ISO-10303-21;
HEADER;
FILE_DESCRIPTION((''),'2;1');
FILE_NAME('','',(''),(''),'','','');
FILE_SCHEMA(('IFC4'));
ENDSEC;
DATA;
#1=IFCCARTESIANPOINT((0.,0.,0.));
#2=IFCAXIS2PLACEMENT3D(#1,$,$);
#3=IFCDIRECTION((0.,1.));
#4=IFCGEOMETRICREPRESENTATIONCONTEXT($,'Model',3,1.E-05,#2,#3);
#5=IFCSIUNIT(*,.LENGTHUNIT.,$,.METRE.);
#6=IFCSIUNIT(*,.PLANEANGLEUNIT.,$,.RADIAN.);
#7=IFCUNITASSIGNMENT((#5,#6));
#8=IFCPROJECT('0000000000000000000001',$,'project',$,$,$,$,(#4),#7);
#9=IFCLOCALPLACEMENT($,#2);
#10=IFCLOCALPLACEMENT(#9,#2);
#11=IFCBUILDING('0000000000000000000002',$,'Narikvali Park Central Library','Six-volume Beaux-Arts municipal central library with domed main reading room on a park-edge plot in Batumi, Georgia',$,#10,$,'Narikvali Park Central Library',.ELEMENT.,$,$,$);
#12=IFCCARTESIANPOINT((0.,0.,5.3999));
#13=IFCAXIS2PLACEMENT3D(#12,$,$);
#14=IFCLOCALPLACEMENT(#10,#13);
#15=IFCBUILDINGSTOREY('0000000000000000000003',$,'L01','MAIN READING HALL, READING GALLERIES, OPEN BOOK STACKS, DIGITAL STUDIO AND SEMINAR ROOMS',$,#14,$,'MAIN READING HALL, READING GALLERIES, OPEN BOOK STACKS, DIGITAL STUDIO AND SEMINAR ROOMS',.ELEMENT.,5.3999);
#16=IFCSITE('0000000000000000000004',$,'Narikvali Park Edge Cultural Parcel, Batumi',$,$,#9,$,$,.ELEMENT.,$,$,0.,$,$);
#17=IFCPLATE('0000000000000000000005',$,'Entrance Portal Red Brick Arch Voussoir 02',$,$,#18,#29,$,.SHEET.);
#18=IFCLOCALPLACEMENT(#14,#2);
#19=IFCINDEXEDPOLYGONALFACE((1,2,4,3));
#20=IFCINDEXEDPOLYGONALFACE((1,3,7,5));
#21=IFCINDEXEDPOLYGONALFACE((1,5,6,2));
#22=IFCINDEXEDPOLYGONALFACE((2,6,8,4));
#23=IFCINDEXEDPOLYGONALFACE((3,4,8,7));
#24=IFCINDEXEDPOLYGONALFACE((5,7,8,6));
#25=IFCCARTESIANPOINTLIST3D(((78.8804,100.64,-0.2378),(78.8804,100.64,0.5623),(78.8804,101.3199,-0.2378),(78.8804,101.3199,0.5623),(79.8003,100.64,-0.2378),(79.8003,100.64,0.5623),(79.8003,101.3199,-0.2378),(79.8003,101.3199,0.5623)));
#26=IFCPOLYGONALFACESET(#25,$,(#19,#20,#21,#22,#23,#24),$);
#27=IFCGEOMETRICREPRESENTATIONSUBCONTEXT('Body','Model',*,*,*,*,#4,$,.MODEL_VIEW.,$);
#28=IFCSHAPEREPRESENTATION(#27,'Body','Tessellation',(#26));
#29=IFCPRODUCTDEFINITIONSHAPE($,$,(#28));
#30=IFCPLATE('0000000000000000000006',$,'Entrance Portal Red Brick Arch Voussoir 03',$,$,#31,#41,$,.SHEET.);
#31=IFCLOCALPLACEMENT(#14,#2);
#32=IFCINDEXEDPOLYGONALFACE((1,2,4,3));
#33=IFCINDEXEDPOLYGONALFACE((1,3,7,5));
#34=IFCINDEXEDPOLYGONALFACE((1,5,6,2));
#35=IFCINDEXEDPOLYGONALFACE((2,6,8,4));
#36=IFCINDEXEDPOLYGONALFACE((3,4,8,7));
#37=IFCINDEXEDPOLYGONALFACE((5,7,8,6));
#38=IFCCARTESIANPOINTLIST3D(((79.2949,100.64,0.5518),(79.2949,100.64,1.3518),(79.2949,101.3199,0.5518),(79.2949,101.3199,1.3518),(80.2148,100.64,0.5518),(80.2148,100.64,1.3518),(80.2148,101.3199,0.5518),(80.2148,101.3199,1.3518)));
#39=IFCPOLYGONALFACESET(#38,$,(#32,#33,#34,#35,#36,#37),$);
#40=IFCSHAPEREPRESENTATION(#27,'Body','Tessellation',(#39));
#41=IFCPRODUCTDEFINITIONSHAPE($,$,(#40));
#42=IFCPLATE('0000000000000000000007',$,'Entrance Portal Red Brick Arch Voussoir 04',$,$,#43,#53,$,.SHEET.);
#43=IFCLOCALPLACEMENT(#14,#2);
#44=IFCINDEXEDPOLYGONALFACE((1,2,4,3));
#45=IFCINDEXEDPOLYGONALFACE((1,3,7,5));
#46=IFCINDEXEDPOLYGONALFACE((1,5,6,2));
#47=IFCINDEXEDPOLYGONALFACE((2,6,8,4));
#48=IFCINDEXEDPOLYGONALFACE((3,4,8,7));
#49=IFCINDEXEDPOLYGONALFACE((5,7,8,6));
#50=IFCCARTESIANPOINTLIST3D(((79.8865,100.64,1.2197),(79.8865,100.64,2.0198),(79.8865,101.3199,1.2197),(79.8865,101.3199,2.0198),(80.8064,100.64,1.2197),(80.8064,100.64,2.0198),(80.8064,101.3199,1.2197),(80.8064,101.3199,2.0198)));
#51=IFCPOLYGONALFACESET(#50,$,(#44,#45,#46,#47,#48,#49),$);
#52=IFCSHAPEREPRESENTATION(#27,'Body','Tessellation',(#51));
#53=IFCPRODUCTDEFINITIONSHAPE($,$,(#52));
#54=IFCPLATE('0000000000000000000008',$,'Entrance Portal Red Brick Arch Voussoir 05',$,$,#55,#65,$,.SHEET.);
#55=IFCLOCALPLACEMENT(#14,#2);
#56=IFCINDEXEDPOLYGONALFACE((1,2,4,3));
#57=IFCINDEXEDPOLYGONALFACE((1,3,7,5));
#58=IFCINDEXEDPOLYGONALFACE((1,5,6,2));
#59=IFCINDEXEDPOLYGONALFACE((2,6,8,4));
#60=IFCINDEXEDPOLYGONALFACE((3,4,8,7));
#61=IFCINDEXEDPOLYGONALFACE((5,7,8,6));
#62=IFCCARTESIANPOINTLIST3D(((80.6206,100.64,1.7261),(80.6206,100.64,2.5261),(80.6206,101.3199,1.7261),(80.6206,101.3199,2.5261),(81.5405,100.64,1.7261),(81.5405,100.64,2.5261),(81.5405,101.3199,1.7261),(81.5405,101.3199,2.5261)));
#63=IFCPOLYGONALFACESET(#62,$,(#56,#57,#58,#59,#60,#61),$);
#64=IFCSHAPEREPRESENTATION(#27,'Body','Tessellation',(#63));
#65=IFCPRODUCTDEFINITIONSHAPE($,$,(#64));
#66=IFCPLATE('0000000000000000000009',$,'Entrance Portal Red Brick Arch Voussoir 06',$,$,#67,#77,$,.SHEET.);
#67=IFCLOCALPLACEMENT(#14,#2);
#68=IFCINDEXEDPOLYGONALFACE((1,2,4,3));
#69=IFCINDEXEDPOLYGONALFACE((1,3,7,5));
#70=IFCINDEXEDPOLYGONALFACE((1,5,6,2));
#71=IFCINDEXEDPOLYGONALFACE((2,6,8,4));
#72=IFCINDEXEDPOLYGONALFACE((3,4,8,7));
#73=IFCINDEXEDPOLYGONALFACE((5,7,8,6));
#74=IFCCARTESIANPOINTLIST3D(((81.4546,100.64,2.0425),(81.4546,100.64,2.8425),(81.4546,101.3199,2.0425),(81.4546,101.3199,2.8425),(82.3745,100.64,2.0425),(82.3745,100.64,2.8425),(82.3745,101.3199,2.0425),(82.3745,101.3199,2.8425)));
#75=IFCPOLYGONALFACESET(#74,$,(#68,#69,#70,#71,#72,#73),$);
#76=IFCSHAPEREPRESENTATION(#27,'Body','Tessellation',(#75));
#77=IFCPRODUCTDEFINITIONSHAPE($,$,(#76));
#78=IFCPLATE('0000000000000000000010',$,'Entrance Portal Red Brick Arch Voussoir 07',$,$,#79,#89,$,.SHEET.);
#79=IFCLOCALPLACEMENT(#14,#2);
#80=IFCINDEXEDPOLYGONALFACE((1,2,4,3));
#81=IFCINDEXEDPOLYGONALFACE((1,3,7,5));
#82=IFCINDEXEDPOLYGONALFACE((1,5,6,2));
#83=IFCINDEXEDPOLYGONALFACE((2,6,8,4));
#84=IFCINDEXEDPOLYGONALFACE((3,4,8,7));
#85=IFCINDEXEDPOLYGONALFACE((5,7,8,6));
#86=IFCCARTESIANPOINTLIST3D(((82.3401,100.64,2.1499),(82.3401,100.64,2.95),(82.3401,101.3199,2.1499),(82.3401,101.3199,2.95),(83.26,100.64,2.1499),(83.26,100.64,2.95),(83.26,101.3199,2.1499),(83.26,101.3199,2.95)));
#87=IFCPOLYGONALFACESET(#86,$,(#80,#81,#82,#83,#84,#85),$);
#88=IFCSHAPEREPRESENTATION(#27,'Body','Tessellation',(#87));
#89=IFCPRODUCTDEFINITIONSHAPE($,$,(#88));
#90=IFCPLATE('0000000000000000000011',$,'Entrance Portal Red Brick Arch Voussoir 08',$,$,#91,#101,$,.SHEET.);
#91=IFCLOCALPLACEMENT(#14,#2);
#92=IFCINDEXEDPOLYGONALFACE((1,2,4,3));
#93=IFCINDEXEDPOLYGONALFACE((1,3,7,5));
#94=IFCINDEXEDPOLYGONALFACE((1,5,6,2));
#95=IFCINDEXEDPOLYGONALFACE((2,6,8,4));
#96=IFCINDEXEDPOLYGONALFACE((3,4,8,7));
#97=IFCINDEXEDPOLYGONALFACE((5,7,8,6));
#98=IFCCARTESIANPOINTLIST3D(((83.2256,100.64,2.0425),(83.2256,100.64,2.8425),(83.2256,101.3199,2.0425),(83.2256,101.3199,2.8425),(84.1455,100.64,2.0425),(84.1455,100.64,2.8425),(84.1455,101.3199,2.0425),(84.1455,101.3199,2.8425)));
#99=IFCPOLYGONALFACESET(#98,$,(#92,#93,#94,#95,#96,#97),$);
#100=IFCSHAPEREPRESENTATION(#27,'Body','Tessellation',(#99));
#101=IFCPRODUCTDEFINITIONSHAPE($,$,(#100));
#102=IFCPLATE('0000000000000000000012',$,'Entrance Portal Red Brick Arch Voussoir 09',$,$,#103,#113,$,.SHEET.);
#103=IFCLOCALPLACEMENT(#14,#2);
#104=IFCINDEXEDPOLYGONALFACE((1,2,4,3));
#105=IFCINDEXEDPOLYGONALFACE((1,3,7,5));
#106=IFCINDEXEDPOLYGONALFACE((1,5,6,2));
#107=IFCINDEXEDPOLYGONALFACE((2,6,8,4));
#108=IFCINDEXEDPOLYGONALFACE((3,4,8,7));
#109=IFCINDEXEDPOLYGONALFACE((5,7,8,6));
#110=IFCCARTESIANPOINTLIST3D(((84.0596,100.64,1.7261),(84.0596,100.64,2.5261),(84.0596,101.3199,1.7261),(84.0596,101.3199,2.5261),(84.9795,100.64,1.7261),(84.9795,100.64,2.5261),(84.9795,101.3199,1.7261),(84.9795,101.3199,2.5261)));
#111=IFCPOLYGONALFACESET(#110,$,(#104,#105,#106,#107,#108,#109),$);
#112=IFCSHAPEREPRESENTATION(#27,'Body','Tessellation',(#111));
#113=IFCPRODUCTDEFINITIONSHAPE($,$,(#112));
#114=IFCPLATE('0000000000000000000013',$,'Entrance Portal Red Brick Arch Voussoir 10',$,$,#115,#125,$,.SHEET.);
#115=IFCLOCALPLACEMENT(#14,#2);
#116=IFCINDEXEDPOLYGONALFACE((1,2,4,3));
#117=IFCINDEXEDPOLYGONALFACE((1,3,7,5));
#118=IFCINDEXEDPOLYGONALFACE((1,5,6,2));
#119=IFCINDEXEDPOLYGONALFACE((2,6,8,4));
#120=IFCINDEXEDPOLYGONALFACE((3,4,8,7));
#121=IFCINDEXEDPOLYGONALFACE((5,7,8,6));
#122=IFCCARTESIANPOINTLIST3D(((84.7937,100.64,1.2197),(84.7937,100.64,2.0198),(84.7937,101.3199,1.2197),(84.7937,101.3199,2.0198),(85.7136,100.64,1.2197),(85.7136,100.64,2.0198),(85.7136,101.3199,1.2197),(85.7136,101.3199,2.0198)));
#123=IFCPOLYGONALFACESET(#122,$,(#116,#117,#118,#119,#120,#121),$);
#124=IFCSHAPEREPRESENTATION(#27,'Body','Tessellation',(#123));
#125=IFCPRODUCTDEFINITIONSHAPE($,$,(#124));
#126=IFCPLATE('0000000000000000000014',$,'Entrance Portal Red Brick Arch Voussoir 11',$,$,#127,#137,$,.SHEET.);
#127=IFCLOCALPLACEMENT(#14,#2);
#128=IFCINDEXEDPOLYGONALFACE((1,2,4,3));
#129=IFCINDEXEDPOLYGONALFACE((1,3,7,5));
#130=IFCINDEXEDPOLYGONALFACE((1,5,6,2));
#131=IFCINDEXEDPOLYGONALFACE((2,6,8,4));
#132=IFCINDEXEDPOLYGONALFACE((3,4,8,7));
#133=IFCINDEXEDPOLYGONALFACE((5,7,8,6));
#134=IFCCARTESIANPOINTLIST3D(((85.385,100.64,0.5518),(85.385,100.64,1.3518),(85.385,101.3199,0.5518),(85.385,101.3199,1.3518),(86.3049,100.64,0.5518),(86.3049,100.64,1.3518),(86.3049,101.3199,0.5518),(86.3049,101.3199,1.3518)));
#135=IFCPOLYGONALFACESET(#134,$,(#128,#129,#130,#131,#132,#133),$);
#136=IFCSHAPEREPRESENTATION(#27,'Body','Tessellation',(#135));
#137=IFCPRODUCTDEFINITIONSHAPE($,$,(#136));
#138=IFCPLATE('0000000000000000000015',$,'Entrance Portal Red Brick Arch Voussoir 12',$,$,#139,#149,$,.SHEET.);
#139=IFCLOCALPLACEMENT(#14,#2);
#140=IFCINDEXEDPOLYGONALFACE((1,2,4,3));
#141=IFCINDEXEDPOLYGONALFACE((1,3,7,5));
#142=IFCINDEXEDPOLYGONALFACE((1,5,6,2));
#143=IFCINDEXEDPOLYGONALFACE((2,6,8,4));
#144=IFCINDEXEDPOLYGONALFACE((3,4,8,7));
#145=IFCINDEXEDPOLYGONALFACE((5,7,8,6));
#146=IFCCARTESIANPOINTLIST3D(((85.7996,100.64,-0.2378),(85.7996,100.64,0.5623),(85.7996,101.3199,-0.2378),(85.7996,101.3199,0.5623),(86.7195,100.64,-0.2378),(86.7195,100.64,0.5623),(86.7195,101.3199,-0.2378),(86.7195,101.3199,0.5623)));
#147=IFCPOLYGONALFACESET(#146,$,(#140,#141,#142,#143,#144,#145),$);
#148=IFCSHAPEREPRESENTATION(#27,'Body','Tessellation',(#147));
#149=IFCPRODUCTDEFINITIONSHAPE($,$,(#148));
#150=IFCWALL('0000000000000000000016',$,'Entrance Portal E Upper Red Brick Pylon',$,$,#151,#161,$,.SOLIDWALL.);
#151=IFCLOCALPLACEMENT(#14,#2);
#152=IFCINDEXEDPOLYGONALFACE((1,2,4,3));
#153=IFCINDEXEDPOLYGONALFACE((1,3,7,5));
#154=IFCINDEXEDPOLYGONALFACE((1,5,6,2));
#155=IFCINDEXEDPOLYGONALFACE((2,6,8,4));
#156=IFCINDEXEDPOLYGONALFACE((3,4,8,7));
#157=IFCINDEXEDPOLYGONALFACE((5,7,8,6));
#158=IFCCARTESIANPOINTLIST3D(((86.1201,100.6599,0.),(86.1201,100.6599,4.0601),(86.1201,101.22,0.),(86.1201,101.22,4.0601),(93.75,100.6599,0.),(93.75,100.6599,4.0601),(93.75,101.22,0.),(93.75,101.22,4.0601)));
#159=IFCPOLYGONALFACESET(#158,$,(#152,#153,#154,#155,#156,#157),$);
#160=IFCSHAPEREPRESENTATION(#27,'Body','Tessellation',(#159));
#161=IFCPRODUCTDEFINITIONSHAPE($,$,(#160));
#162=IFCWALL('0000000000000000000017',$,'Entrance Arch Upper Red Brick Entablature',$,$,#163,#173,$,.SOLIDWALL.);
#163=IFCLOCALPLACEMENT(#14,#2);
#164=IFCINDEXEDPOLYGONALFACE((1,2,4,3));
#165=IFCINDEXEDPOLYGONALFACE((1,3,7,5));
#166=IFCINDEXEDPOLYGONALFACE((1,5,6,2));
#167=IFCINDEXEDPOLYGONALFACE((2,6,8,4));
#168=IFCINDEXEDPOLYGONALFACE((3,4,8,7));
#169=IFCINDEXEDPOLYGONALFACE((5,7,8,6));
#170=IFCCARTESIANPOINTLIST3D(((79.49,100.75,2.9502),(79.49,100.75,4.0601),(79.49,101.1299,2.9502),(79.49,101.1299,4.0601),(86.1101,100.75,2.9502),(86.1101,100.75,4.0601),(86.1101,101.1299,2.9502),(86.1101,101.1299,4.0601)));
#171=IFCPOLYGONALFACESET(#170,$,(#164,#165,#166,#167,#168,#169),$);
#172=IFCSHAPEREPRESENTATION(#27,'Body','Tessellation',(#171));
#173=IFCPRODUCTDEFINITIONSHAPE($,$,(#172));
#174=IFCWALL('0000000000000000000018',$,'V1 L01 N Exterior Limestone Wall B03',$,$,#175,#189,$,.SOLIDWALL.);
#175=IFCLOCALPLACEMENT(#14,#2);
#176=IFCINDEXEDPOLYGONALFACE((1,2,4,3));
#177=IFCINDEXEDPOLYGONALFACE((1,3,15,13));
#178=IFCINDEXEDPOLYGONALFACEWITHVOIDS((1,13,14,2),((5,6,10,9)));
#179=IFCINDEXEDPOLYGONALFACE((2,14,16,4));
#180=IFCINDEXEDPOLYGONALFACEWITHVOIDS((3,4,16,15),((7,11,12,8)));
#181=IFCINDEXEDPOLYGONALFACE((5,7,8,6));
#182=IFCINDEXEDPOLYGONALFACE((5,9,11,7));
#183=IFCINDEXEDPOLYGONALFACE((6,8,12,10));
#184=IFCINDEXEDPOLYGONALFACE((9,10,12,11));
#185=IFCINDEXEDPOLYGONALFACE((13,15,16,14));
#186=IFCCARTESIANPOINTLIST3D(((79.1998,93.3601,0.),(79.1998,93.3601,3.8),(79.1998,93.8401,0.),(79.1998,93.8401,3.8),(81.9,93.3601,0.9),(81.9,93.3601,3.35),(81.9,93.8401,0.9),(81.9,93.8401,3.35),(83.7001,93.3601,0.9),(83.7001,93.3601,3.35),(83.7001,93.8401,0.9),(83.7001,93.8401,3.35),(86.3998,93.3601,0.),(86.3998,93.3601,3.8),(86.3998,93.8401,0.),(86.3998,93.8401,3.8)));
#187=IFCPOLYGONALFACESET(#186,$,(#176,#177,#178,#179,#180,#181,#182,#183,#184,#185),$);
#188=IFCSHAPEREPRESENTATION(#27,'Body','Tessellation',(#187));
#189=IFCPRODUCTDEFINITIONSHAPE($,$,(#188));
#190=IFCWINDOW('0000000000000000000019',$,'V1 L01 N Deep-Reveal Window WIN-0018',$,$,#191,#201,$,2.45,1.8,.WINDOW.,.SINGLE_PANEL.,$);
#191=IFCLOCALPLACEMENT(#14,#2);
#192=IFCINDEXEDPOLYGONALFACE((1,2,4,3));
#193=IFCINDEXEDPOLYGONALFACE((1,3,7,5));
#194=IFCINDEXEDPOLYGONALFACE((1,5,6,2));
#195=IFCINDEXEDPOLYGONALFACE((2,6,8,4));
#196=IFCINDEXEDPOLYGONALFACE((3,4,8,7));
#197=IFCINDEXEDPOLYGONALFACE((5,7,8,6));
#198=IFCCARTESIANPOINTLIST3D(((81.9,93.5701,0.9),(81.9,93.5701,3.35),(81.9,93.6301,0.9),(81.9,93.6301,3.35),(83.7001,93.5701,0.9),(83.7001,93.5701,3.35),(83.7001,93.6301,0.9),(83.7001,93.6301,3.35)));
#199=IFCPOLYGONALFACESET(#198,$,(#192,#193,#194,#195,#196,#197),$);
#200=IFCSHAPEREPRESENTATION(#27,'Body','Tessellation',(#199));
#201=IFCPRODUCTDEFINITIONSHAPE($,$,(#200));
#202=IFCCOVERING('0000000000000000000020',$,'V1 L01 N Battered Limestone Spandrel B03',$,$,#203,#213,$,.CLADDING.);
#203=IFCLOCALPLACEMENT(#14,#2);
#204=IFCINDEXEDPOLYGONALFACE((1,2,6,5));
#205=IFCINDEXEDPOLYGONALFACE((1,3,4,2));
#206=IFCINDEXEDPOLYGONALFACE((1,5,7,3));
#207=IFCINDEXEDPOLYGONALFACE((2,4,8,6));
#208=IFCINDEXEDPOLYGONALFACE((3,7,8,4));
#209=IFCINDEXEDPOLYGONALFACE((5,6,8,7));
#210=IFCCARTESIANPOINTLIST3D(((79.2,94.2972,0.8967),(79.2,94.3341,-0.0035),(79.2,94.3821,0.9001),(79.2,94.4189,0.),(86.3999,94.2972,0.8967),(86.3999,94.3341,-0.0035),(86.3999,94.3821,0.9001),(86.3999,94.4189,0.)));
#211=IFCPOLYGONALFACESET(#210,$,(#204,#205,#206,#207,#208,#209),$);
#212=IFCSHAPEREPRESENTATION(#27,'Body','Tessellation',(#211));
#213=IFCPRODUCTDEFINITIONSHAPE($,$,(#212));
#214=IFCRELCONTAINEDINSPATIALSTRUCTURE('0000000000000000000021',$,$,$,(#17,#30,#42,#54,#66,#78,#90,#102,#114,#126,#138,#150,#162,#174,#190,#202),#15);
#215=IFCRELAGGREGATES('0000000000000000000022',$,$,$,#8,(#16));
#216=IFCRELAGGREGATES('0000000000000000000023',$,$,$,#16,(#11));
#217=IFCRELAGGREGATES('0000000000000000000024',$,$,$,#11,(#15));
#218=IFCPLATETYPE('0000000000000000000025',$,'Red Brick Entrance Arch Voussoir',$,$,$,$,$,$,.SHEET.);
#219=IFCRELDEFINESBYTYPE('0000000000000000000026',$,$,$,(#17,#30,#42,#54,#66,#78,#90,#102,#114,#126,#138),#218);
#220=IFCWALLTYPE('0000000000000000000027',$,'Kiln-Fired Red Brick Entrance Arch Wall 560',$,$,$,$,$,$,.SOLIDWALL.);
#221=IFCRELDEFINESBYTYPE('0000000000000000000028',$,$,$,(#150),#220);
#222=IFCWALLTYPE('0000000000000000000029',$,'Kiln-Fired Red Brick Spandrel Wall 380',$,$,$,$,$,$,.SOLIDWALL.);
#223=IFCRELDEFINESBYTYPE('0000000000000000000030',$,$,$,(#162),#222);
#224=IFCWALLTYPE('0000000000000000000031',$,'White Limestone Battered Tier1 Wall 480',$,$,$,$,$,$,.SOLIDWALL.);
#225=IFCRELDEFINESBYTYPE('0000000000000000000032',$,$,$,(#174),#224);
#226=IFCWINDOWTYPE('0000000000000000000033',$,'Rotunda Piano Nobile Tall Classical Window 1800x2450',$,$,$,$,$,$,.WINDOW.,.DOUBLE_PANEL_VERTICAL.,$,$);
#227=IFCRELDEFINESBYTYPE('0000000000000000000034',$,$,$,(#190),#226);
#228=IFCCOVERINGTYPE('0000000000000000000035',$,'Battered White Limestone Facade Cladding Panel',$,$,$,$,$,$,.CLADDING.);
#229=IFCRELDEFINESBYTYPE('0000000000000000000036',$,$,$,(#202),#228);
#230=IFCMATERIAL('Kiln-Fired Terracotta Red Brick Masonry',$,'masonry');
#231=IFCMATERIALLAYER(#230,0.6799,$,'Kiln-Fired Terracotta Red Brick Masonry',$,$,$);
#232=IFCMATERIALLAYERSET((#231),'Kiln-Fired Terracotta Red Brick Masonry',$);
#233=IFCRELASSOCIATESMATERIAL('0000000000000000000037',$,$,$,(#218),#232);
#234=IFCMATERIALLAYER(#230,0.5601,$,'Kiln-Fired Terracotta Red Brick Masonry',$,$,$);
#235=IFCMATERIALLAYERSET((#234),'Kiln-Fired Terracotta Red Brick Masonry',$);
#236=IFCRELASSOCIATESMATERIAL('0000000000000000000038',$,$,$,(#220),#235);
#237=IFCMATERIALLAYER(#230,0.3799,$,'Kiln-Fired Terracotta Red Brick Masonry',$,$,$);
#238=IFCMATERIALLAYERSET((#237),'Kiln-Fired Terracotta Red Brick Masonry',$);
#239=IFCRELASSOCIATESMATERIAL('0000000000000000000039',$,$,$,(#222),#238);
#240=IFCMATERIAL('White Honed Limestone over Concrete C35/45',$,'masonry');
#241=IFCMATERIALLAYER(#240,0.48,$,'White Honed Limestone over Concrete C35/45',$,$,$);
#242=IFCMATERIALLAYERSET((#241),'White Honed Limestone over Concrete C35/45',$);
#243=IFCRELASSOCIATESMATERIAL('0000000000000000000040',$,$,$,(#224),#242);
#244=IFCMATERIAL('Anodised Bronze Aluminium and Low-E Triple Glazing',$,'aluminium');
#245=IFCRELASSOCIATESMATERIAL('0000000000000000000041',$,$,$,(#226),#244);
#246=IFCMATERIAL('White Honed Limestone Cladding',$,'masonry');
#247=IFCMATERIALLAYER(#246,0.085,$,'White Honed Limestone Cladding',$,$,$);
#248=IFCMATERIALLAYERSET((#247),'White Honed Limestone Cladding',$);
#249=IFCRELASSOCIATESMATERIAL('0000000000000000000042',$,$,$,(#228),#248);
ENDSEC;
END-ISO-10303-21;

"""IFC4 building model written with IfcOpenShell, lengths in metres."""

from ifc_helpers import new_model, si_unit, direction, frame, frame_2d, origin, origin_2d, place, context, subcontext, project, spatial, polyline, rectangle, outline, extrude, material, layer, layer_set, type_object, element, fill, save


model = new_model("IFC4")

# Units and contexts
model_context = context("Model", 3, precision=1e-05, world=origin(), true_north=direction((0.0, 1.0)))
body_context = subcontext(model_context, "Body", "Model", "MODEL_VIEW")
ifc_project = project(units=[si_unit("LENGTHUNIT", "METRE"), si_unit("PLANEANGLEUNIT", "RADIAN")], contexts=[model_context])

# Site, building, storey
site_placement = place(None, origin())
site = spatial("IfcSite", under=ifc_project, at=site_placement, Name="Narikvali Park Edge Cultural Parcel, Batumi", CompositionType="ELEMENT", RefElevation=0.0)
building_placement = place(site_placement, origin())
building = spatial("IfcBuilding", under=site, at=building_placement, Name="Narikvali Park Central Library", Description="Six-volume Beaux-Arts municipal central library with domed main reading room on a park-edge plot in Batumi, Georgia", LongName="Narikvali Park Central Library", CompositionType="ELEMENT")
storey_placement = place(building_placement, frame((0.0, 0.0, 5.3999)))
storey = spatial("IfcBuildingStorey", under=building, at=storey_placement, Name="L01", Description="MAIN READING HALL, READING GALLERIES, OPEN BOOK STACKS, DIGITAL STUDIO AND SEMINAR ROOMS", LongName="MAIN READING HALL, READING GALLERIES, OPEN BOOK STACKS, DIGITAL STUDIO AND SEMINAR ROOMS", CompositionType="ELEMENT", Elevation=5.3999)

# Plates
ifc_material_1 = material(Name="Kiln-Fired Terracotta Red Brick Masonry", Category="masonry")
ifc_layer_1 = layer(ifc_material_1, 0.6799, Name="Kiln-Fired Terracotta Red Brick Masonry")
ifc_layer_set_1 = layer_set([ifc_layer_1], Name="Kiln-Fired Terracotta Red Brick Masonry")
plate_type = type_object("IfcPlateType", Name="Red Brick Entrance Arch Voussoir", PredefinedType="SHEET", material=ifc_layer_set_1)
for number, where, z_axis, x_axis, name in (
    (1, (79.3403, 100.98, -0.2378), (0.0, 0.0, 1.0), (1.0, 0.0, 0.0), "Entrance Portal Red Brick Arch Voussoir 02"),
    (2, (79.7549, 100.98, 0.5518), (0.0, 0.0, 1.0), (1.0, 0.0, 0.0), "Entrance Portal Red Brick Arch Voussoir 03"),
    (3, (80.3464, 100.98, 1.2197), (0.0, 0.0, 1.0), (1.0, 0.0, 0.0), "Entrance Portal Red Brick Arch Voussoir 04"),
    (4, (81.0806, 100.98, 1.7261), (0.0, 0.0, 1.0), (1.0, 0.0, 0.0), "Entrance Portal Red Brick Arch Voussoir 05"),
    (5, (81.9146, 100.98, 2.0425), (0.0, 0.0, 1.0), (1.0, 0.0, 0.0), "Entrance Portal Red Brick Arch Voussoir 06"),
    (6, (82.8, 100.98, 2.1499), (0.0, 0.0, 1.0), (1.0, 0.0, 0.0), "Entrance Portal Red Brick Arch Voussoir 07"),
    (7, (83.6855, 100.98, 2.0425), (0.0, 0.0, 1.0), (1.0, 0.0, 0.0), "Entrance Portal Red Brick Arch Voussoir 08"),
    (8, (84.5195, 100.98, 1.7261), (0.0, 0.0, 1.0), (1.0, 0.0, 0.0), "Entrance Portal Red Brick Arch Voussoir 09"),
    (9, (85.2537, 100.98, 1.2197), (0.0, 0.0, 1.0), (1.0, 0.0, 0.0), "Entrance Portal Red Brick Arch Voussoir 10"),
    (10, (85.845, 100.98, 0.5518), (0.0, 0.0, 1.0), (1.0, 0.0, 0.0), "Entrance Portal Red Brick Arch Voussoir 11"),
    (11, (86.2595, 100.98, -0.2378), (0.0, 0.0, 1.0), (1.0, 0.0, 0.0), "Entrance Portal Red Brick Arch Voussoir 12"),
):
    element("IfcPlate", number, at=place(storey_placement, frame(where, z_axis=z_axis, x_axis=x_axis)), inside=storey, type_object=plate_type, Name=name, PredefinedType="SHEET", context=body_context, shape_type="SweptSolid", body=[
        extrude(rectangle(XDim=0.9199, YDim=0.6799, at=origin_2d()), origin(), (0.0, 0.0, 1.0), 0.8),
    ])

# Walls
ifc_layer_2 = layer(ifc_material_1, 0.5601, Name="Kiln-Fired Terracotta Red Brick Masonry")
ifc_layer_set_2 = layer_set([ifc_layer_2], Name="Kiln-Fired Terracotta Red Brick Masonry")
wall_type_1 = type_object("IfcWallType", Name="Kiln-Fired Red Brick Entrance Arch Wall 560", PredefinedType="SOLIDWALL", material=ifc_layer_set_2)
wall_1_placement = place(storey_placement, frame((86.1201, 100.9399, 0.0), z_axis=(0.0, 0.0, 1.0), x_axis=(1.0, 0.0, 0.0)))
element("IfcWall", 12, at=wall_1_placement, inside=storey, type_object=wall_type_1, Name="Entrance Portal E Upper Red Brick Pylon", PredefinedType="SOLIDWALL", context=body_context, shape_type="SweptSolid", body=[
    extrude(rectangle(XDim=7.6299, YDim=0.5601, at=frame_2d((3.8149, 0.0))), origin(), (0.0, 0.0, 1.0), 4.0601),
])
ifc_layer_3 = layer(ifc_material_1, 0.3799, Name="Kiln-Fired Terracotta Red Brick Masonry")
ifc_layer_set_3 = layer_set([ifc_layer_3], Name="Kiln-Fired Terracotta Red Brick Masonry")
wall_type_2 = type_object("IfcWallType", Name="Kiln-Fired Red Brick Spandrel Wall 380", PredefinedType="SOLIDWALL", material=ifc_layer_set_3)
wall_2_placement = place(storey_placement, frame((79.49, 100.9399, 2.9502), z_axis=(0.0, 0.0, 1.0), x_axis=(1.0, 0.0, 0.0)))
element("IfcWall", 13, at=wall_2_placement, inside=storey, type_object=wall_type_2, Name="Entrance Arch Upper Red Brick Entablature", PredefinedType="SOLIDWALL", context=body_context, shape_type="SweptSolid", body=[
    extrude(rectangle(XDim=6.6201, YDim=0.3799, at=frame_2d((3.3101, 0.0))), origin(), (0.0, 0.0, 1.0), 1.1099),
])

# Wall, opening, window
ifc_material_2 = material(Name="White Honed Limestone over Concrete C35/45", Category="masonry")
ifc_layer_4 = layer(ifc_material_2, 0.48, Name="White Honed Limestone over Concrete C35/45")
ifc_layer_set_4 = layer_set([ifc_layer_4], Name="White Honed Limestone over Concrete C35/45")
wall_type_3 = type_object("IfcWallType", Name="White Limestone Battered Tier1 Wall 480", PredefinedType="SOLIDWALL", material=ifc_layer_set_4)
wall_3_placement = place(storey_placement, frame((86.3999, 93.6001, 0.0), z_axis=(0.0, 0.0, 1.0), x_axis=(-1.0, 0.0, 0.0)))
wall_3 = element("IfcWall", 14, at=wall_3_placement, inside=storey, type_object=wall_type_3, Name="V1 L01 N Exterior Limestone Wall B03", PredefinedType="SOLIDWALL", context=body_context, shape_type="SweptSolid", body=[
    extrude(rectangle(XDim=7.2, YDim=0.48, at=frame_2d((3.6001, 0.0))), origin(), (0.0, 0.0, 1.0), 3.8),
])
opening_placement = place(wall_3_placement, frame((2.7, 0.0, 0.8999)))
opening = element("IfcOpeningElement", 15, at=opening_placement, cuts=wall_3, PredefinedType="OPENING", context=body_context, shape_type="SweptSolid", body=[
    extrude(rectangle(XDim=1.8, YDim=2.45, at=frame_2d((0.8999, 1.2251))), frame((0.0, 0.252, 0.0), z_axis=(0.0, -1.0, 0.0), x_axis=(1.0, 0.0, 0.0)), (0.0, 0.0, 1.0), 0.5039),
])
ifc_material_3 = material(Name="Anodised Bronze Aluminium and Low-E Triple Glazing", Category="aluminium")
window_type = type_object("IfcWindowType", Name="Rotunda Piano Nobile Tall Classical Window 1800x2450", PartitioningType="DOUBLE_PANEL_VERTICAL", PredefinedType="WINDOW", material=ifc_material_3)
window_placement = place(opening_placement, origin())
window = element("IfcWindow", 16, at=window_placement, inside=storey, type_object=window_type, Name="V1 L01 N Deep-Reveal Window WIN-0018", OverallHeight=2.45, OverallWidth=1.8, PartitioningType="SINGLE_PANEL", PredefinedType="WINDOW", context=body_context, shape_type="SweptSolid", body=[
    extrude(rectangle(XDim=1.8, YDim=2.45, at=frame_2d((0.8999, 1.2251))), frame((0.0, 0.03, 0.0), z_axis=(0.0, -1.0, 0.0), x_axis=(1.0, 0.0, 0.0)), (0.0, 0.0, 1.0), 0.0601),
])
fill(opening, window)

# Covering
ifc_material_4 = material(Name="White Honed Limestone Cladding", Category="masonry")
ifc_layer_5 = layer(ifc_material_4, 0.085, Name="White Honed Limestone Cladding")
ifc_layer_set_5 = layer_set([ifc_layer_5], Name="White Honed Limestone Cladding")
covering_type = type_object("IfcCoveringType", Name="Battered White Limestone Facade Cladding Panel", PredefinedType="CLADDING", material=ifc_layer_set_5)
covering_1_placement = place(storey_placement, frame((86.3999, 94.4189, 0.0), z_axis=(0.0, 0.999162, 0.04092), x_axis=(-1.0, 0.0, 0.0)))
element("IfcCovering", 17, at=covering_1_placement, inside=storey, type_object=covering_type, Name="V1 L01 N Battered Limestone Spandrel B03", PredefinedType="CLADDING", context=body_context, shape_type="SweptSolid", body=[
    extrude(outline(polyline([(0.0, 0.0), (7.2, 0.0), (7.2, 0.9009), (0.0, 0.9009), (0.0, 0.0)])), origin(), (0.0, 0.0, -1.0), 0.085),
])

save(model, "model.ifc")
